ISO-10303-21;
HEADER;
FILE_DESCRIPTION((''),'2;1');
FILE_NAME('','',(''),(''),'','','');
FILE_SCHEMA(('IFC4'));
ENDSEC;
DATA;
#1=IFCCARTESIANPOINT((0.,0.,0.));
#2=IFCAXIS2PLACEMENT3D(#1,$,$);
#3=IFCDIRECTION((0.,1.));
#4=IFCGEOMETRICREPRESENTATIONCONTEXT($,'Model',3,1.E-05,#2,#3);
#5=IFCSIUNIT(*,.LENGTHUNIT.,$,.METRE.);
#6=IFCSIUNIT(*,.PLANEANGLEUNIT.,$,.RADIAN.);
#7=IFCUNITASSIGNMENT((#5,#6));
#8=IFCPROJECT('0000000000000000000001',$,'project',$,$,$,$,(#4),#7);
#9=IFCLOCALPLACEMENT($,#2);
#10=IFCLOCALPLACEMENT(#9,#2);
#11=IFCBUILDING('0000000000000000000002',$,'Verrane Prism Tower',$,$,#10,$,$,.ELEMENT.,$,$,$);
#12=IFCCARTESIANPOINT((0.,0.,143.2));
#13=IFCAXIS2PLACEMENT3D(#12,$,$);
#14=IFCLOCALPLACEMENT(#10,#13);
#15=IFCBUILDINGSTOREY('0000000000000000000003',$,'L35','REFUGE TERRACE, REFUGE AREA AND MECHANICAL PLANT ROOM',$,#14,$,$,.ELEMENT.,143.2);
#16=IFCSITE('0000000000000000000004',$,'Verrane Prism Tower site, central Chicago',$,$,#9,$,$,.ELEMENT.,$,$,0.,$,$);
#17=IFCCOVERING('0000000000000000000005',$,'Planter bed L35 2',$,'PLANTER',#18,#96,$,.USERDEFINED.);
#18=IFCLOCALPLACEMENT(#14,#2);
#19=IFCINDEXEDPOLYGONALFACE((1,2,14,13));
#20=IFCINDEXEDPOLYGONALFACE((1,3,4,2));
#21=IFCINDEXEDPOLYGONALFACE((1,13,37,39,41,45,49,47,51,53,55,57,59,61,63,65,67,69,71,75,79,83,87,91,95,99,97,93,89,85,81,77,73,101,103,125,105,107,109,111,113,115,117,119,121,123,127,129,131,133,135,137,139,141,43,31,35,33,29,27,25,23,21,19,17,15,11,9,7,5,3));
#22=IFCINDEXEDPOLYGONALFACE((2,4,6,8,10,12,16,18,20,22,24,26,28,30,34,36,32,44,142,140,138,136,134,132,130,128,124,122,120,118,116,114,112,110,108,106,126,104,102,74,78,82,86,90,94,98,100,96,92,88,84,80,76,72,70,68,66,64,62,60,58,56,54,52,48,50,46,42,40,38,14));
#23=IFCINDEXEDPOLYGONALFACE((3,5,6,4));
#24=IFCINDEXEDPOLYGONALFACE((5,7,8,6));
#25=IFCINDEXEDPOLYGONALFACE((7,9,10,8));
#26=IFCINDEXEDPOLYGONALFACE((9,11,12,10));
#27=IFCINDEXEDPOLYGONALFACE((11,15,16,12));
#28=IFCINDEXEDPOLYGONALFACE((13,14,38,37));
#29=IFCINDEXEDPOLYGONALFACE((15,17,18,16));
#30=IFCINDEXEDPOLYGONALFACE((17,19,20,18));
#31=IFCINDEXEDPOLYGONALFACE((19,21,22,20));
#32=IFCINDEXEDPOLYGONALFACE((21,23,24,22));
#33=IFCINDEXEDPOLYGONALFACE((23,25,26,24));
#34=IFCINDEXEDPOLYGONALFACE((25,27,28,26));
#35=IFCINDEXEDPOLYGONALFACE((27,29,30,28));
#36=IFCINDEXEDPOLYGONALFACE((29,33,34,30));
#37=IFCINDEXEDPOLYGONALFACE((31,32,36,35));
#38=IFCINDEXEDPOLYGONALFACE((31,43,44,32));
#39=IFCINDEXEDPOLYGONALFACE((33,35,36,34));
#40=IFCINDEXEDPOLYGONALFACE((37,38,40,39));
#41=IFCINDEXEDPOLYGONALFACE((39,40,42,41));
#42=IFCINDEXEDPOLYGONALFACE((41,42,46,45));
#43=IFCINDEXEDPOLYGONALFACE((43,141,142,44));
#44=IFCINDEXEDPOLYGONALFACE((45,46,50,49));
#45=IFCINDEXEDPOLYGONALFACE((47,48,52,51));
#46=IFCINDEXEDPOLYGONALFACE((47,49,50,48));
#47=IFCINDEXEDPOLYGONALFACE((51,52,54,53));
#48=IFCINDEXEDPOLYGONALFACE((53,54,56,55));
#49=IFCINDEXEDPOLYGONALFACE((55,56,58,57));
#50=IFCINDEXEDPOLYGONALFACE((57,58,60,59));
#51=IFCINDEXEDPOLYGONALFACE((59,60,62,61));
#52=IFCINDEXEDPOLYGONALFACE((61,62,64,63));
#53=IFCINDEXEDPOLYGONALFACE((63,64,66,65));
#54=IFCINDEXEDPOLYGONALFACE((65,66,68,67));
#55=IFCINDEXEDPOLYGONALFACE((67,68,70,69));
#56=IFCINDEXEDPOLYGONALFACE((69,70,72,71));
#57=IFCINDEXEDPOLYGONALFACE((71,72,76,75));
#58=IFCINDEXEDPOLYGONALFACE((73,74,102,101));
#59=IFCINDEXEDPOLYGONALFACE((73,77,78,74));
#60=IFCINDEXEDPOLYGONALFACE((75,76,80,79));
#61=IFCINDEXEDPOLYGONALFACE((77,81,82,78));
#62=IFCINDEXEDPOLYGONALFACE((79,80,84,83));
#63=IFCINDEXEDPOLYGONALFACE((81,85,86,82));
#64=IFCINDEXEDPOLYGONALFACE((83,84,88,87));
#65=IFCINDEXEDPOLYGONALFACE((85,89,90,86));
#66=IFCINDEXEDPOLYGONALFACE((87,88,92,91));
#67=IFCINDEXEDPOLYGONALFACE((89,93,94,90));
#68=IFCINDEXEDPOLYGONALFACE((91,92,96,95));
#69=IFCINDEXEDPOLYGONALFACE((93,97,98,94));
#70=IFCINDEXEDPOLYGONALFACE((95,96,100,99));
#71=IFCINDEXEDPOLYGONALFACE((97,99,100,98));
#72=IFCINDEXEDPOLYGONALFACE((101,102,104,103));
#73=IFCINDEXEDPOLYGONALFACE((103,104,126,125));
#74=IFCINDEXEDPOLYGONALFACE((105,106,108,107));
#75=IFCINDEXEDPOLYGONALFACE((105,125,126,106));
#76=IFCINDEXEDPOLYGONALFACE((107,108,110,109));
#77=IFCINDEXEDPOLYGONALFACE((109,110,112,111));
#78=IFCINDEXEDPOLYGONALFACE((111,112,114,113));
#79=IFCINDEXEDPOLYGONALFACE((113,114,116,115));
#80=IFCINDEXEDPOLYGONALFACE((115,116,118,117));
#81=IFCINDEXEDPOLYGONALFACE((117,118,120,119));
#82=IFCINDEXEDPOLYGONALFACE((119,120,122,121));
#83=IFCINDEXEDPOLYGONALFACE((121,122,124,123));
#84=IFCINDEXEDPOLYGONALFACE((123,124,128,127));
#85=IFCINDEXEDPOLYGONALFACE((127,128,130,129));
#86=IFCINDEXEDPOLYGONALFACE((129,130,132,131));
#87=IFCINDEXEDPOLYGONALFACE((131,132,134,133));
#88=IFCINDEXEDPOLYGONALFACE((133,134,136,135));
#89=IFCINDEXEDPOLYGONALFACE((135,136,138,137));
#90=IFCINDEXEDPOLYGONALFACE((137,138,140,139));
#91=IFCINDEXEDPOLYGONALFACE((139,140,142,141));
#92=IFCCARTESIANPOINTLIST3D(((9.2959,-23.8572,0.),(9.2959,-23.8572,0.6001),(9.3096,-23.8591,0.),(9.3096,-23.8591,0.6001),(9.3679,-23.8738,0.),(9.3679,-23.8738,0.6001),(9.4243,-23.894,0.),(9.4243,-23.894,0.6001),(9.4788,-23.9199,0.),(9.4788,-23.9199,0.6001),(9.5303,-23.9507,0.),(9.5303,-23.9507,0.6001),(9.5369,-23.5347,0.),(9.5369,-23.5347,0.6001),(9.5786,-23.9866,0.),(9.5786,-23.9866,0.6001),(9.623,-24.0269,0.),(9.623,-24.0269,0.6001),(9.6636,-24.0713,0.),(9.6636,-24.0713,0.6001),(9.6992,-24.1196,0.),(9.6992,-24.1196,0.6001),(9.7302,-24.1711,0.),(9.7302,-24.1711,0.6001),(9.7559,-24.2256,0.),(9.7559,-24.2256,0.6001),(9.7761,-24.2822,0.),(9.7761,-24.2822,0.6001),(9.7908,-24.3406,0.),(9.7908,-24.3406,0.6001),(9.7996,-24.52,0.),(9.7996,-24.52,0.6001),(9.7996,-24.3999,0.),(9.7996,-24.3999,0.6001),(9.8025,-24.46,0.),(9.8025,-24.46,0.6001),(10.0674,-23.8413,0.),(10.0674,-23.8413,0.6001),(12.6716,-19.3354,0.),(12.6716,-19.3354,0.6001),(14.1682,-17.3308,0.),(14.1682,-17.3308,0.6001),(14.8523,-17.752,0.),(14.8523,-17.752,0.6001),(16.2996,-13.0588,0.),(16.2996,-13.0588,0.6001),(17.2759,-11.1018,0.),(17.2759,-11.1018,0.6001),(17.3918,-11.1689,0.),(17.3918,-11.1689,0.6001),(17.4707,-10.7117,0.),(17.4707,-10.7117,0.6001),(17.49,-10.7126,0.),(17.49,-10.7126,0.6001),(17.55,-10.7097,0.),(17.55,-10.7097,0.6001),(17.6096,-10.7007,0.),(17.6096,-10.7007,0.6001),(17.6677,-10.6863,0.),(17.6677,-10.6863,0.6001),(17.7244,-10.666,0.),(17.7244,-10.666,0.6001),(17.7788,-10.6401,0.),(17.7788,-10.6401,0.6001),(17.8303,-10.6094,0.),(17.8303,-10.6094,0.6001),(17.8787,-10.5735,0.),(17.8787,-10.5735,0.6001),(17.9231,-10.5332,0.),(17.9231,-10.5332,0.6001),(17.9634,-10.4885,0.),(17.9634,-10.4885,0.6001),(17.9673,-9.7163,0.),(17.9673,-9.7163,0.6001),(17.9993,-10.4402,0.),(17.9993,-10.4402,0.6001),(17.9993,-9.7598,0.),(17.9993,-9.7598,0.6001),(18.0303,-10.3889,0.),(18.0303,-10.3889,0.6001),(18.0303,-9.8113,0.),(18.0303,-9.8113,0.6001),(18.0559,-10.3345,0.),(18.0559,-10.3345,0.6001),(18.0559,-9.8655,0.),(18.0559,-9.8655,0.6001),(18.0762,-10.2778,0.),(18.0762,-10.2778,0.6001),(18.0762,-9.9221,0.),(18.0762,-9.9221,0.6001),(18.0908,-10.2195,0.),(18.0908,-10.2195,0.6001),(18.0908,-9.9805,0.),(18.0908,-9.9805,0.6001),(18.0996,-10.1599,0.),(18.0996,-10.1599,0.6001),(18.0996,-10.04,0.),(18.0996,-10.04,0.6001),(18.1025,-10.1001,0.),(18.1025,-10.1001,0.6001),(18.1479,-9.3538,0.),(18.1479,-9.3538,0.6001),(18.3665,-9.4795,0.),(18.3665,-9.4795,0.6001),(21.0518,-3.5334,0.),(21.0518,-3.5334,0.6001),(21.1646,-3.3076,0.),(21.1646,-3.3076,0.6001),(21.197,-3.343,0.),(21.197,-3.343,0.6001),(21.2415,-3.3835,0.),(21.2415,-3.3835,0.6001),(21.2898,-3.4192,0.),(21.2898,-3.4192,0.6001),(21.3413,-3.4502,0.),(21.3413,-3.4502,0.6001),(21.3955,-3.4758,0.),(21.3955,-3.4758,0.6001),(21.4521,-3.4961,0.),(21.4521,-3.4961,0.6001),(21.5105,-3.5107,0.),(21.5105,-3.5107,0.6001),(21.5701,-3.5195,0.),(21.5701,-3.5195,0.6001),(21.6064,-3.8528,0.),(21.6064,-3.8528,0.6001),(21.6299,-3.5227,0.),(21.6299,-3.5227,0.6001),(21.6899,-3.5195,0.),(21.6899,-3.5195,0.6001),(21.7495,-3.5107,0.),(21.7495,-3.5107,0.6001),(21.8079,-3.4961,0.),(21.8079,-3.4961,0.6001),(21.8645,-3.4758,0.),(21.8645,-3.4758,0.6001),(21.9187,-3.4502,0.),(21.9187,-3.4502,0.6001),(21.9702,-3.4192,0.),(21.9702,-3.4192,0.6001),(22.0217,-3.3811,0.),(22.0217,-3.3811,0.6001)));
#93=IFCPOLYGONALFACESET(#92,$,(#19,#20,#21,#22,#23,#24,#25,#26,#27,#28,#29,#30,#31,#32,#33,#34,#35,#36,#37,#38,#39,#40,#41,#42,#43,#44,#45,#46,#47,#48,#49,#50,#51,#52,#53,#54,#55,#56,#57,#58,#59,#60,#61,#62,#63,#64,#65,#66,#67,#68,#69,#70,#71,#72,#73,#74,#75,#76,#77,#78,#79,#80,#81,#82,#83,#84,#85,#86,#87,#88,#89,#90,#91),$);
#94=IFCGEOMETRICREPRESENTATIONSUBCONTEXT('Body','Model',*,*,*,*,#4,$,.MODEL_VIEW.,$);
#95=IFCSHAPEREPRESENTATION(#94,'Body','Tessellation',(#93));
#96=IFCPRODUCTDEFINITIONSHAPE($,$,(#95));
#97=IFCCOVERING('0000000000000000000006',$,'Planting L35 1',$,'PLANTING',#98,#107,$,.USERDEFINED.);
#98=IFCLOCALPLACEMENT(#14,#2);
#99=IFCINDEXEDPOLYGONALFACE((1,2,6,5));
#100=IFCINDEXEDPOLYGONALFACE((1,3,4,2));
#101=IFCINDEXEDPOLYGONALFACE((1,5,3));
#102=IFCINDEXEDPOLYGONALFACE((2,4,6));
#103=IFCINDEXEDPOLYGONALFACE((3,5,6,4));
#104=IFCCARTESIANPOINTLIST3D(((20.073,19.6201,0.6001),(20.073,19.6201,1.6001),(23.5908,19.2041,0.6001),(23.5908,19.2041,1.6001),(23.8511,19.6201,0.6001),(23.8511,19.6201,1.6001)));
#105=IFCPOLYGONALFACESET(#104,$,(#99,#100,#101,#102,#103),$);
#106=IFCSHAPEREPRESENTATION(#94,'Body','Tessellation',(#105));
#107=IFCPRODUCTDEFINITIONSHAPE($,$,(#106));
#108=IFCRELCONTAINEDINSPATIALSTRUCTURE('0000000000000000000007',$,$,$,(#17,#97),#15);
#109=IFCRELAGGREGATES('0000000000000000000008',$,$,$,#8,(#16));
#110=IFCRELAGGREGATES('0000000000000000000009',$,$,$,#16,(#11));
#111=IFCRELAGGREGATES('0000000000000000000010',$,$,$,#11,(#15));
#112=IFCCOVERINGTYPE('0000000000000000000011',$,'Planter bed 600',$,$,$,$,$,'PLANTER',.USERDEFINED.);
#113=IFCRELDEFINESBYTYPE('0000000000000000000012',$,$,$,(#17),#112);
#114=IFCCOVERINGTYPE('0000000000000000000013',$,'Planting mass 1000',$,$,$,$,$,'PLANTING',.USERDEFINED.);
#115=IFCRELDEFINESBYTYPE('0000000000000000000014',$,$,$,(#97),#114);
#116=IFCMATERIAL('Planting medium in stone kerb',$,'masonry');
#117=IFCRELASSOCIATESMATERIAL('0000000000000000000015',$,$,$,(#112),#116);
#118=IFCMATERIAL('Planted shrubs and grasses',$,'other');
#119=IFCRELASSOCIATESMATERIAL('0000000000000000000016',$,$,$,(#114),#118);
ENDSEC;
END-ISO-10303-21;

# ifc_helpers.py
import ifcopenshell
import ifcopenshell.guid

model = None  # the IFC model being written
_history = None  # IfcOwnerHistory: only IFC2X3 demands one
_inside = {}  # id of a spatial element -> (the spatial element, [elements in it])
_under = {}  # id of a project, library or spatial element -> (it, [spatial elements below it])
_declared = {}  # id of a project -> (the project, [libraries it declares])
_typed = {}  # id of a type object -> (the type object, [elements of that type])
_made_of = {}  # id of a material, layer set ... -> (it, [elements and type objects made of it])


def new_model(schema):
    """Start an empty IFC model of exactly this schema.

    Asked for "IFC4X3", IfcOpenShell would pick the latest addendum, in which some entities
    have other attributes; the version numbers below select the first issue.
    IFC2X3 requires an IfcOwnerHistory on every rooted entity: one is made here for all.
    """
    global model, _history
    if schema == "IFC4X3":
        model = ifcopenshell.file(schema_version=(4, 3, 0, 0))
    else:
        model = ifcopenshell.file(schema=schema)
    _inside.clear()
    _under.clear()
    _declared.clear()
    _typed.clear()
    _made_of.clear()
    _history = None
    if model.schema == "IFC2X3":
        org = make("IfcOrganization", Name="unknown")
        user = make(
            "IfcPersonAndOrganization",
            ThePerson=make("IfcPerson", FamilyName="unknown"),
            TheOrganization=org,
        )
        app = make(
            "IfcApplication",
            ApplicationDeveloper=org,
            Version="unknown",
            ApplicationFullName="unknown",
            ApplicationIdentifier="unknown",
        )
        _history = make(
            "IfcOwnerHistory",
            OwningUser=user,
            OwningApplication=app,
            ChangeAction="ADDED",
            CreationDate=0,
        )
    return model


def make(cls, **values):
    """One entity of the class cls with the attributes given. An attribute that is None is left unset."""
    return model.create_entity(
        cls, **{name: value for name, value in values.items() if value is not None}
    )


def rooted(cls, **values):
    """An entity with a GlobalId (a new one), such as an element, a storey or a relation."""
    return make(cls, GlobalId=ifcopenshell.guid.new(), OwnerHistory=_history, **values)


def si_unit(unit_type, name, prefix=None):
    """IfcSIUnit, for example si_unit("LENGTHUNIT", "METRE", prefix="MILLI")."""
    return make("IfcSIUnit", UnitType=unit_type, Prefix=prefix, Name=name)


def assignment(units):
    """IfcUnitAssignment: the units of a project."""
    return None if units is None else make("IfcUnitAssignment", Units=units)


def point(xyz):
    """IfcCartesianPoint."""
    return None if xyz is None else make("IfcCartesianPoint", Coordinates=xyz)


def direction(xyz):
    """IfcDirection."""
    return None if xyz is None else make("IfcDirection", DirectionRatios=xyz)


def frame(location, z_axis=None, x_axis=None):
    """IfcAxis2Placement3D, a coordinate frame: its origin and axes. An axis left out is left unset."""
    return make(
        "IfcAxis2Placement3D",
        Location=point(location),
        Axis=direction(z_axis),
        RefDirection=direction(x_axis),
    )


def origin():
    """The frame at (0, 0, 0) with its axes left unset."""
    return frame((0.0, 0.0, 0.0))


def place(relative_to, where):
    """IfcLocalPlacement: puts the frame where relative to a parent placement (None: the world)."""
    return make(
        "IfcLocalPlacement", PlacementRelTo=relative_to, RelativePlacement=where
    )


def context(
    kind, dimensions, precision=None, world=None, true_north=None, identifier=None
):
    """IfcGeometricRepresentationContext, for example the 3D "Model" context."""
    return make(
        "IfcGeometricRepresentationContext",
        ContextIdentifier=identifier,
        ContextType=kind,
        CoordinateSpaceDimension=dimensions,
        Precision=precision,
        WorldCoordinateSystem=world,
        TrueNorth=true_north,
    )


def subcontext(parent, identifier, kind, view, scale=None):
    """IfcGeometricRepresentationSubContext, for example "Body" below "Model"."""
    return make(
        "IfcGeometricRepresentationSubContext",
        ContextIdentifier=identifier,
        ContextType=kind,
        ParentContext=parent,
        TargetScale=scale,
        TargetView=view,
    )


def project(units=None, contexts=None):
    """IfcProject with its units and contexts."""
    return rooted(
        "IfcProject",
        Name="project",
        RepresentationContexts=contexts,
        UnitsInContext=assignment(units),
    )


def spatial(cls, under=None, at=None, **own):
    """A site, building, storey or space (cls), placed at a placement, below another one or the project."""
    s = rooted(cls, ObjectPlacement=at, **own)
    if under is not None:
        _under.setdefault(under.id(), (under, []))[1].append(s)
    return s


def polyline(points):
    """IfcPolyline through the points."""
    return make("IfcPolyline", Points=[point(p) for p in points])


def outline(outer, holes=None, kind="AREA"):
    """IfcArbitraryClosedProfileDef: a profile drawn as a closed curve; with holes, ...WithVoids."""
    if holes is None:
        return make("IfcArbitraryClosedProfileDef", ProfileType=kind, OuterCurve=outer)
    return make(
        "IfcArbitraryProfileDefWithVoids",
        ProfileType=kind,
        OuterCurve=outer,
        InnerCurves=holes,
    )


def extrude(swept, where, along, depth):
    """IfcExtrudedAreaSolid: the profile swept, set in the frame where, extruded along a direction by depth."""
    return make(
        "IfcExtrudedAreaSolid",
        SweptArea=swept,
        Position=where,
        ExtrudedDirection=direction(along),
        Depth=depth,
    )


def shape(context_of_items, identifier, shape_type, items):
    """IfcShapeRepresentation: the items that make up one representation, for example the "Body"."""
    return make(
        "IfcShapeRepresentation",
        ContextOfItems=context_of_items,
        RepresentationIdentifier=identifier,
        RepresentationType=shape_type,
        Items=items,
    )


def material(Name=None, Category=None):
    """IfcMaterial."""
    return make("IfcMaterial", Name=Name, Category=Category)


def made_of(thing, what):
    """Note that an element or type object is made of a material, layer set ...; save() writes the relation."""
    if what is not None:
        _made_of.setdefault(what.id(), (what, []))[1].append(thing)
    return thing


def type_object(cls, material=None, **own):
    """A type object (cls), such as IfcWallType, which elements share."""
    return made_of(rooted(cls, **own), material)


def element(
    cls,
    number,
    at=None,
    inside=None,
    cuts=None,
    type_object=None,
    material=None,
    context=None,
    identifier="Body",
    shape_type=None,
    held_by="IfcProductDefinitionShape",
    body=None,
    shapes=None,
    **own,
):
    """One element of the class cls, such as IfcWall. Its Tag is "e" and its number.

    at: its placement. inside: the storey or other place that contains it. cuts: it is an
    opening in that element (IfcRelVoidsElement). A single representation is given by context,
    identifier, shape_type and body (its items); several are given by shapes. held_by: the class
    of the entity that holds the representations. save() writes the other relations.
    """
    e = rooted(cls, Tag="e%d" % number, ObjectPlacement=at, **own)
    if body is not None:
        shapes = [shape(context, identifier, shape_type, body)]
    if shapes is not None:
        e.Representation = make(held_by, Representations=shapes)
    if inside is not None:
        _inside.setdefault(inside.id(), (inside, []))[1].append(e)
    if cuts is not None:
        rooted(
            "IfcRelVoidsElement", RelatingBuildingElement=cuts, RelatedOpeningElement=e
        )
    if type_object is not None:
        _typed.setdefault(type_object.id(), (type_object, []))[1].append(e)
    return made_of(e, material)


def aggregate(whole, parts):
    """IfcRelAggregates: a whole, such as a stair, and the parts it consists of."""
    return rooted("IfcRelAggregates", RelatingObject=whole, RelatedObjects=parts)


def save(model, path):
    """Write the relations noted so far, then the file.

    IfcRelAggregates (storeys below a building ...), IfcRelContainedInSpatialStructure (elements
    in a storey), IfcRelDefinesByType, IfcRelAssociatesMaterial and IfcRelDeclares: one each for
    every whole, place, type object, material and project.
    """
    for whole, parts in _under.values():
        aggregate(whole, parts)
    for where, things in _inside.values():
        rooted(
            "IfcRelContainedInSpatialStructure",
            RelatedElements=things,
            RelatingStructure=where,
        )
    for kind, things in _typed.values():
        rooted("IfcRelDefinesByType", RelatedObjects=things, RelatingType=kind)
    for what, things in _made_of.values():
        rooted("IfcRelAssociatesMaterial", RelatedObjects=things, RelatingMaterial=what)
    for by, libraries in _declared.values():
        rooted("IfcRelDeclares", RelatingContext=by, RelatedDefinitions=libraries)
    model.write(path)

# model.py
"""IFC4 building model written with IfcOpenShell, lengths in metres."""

from ifc_helpers import new_model, si_unit, direction, frame, origin, place, context, subcontext, project, spatial, polyline, outline, extrude, material, type_object, element, save


model = new_model("IFC4")

# Units and contexts
model_context = context("Model", 3, precision=1e-05, world=origin(), true_north=direction((0.0, 1.0)))
body_context = subcontext(model_context, "Body", "Model", "MODEL_VIEW")
ifc_project = project(units=[si_unit("LENGTHUNIT", "METRE"), si_unit("PLANEANGLEUNIT", "RADIAN")], contexts=[model_context])

# Site, building, storey
site_placement = place(None, origin())
site = spatial("IfcSite", under=ifc_project, at=site_placement, Name="Verrane Prism Tower site, central Chicago", CompositionType="ELEMENT", RefElevation=0.0)
building_placement = place(site_placement, origin())
building = spatial("IfcBuilding", under=site, at=building_placement, Name="Verrane Prism Tower", CompositionType="ELEMENT")
storey_placement = place(building_placement, frame((0.0, 0.0, 143.2)))
storey = spatial("IfcBuildingStorey", under=building, at=storey_placement, Name="L35", Description="REFUGE TERRACE, REFUGE AREA AND MECHANICAL PLANT ROOM", CompositionType="ELEMENT", Elevation=143.2)

# Coverings
ifc_material_1 = material(Name="Planting medium in stone kerb", Category="masonry")
covering_type_1 = type_object("IfcCoveringType", Name="Planter bed 600", ElementType="PLANTER", PredefinedType="USERDEFINED", material=ifc_material_1)
covering_1_placement = place(storey_placement, origin())
element("IfcCovering", 1, at=covering_1_placement, inside=storey, type_object=covering_type_1, Name="Planter bed L35 2", ObjectType="PLANTER", PredefinedType="USERDEFINED", context=body_context, shape_type="SweptSolid", body=[
    extrude(outline(polyline([(22.0217, -3.3811), (21.9702, -3.4192), (21.9187, -3.4502), (21.8645, -3.4758), (21.8079, -3.4961), (21.7495, -3.5107), (21.6899, -3.5195), (21.6299, -3.5227), (21.5701, -3.5195), (21.5105, -3.5107), (21.4521, -3.4961), (21.3955, -3.4758), (21.3413, -3.4502), (21.2898, -3.4192), (21.2415, -3.3835), (21.197, -3.343), (21.1646, -3.3076), (21.0518, -3.5334), (21.6064, -3.8528), (18.3665, -9.4795), (18.1479, -9.3538), (17.9673, -9.7163), (17.9993, -9.7598), (18.0303, -9.8113), (18.0559, -9.8655), (18.0762, -9.9221), (18.0908, -9.9805), (18.0996, -10.04), (18.1025, -10.1001), (18.0996, -10.1599), (18.0908, -10.2195), (18.0762, -10.2778), (18.0559, -10.3345), (18.0303, -10.3889), (17.9993, -10.4402), (17.9634, -10.4885), (17.9231, -10.5332), (17.8787, -10.5735), (17.8303, -10.6094), (17.7788, -10.6401), (17.7244, -10.666), (17.6677, -10.6863), (17.6096, -10.7007), (17.55, -10.7097), (17.49, -10.7126), (17.4707, -10.7117), (17.2759, -11.1018), (17.3918, -11.1689), (16.2996, -13.0588), (14.1682, -17.3308), (12.6716, -19.3354), (10.0674, -23.8413), (9.5369, -23.5347), (9.2959, -23.8572), (9.3096, -23.8591), (9.3679, -23.8738), (9.4243, -23.894), (9.4788, -23.9199), (9.5303, -23.9507), (9.5786, -23.9866), (9.623, -24.0269), (9.6636, -24.0713), (9.6992, -24.1196), (9.7302, -24.1711), (9.7559, -24.2256), (9.7761, -24.2822), (9.7908, -24.3406), (9.7996, -24.3999), (9.8025, -24.46), (9.7996, -24.52), (14.8523, -17.752), (22.0217, -3.3811)])), origin(), (0.0, 0.0, 1.0), 0.6001),
])
ifc_material_2 = material(Name="Planted shrubs and grasses", Category="other")
covering_type_2 = type_object("IfcCoveringType", Name="Planting mass 1000", ElementType="PLANTING", PredefinedType="USERDEFINED", material=ifc_material_2)
covering_2_placement = place(storey_placement, frame((0.0, 0.0, 0.6001)))
element("IfcCovering", 2, at=covering_2_placement, inside=storey, type_object=covering_type_2, Name="Planting L35 1", ObjectType="PLANTING", PredefinedType="USERDEFINED", context=body_context, shape_type="SweptSolid", body=[
    extrude(outline(polyline([(23.5908, 19.2041), (23.8511, 19.6201), (20.073, 19.6201), (23.5908, 19.2041)])), origin(), (0.0, 0.0, 1.0), 1.0),
])

save(model, "model.ifc")
